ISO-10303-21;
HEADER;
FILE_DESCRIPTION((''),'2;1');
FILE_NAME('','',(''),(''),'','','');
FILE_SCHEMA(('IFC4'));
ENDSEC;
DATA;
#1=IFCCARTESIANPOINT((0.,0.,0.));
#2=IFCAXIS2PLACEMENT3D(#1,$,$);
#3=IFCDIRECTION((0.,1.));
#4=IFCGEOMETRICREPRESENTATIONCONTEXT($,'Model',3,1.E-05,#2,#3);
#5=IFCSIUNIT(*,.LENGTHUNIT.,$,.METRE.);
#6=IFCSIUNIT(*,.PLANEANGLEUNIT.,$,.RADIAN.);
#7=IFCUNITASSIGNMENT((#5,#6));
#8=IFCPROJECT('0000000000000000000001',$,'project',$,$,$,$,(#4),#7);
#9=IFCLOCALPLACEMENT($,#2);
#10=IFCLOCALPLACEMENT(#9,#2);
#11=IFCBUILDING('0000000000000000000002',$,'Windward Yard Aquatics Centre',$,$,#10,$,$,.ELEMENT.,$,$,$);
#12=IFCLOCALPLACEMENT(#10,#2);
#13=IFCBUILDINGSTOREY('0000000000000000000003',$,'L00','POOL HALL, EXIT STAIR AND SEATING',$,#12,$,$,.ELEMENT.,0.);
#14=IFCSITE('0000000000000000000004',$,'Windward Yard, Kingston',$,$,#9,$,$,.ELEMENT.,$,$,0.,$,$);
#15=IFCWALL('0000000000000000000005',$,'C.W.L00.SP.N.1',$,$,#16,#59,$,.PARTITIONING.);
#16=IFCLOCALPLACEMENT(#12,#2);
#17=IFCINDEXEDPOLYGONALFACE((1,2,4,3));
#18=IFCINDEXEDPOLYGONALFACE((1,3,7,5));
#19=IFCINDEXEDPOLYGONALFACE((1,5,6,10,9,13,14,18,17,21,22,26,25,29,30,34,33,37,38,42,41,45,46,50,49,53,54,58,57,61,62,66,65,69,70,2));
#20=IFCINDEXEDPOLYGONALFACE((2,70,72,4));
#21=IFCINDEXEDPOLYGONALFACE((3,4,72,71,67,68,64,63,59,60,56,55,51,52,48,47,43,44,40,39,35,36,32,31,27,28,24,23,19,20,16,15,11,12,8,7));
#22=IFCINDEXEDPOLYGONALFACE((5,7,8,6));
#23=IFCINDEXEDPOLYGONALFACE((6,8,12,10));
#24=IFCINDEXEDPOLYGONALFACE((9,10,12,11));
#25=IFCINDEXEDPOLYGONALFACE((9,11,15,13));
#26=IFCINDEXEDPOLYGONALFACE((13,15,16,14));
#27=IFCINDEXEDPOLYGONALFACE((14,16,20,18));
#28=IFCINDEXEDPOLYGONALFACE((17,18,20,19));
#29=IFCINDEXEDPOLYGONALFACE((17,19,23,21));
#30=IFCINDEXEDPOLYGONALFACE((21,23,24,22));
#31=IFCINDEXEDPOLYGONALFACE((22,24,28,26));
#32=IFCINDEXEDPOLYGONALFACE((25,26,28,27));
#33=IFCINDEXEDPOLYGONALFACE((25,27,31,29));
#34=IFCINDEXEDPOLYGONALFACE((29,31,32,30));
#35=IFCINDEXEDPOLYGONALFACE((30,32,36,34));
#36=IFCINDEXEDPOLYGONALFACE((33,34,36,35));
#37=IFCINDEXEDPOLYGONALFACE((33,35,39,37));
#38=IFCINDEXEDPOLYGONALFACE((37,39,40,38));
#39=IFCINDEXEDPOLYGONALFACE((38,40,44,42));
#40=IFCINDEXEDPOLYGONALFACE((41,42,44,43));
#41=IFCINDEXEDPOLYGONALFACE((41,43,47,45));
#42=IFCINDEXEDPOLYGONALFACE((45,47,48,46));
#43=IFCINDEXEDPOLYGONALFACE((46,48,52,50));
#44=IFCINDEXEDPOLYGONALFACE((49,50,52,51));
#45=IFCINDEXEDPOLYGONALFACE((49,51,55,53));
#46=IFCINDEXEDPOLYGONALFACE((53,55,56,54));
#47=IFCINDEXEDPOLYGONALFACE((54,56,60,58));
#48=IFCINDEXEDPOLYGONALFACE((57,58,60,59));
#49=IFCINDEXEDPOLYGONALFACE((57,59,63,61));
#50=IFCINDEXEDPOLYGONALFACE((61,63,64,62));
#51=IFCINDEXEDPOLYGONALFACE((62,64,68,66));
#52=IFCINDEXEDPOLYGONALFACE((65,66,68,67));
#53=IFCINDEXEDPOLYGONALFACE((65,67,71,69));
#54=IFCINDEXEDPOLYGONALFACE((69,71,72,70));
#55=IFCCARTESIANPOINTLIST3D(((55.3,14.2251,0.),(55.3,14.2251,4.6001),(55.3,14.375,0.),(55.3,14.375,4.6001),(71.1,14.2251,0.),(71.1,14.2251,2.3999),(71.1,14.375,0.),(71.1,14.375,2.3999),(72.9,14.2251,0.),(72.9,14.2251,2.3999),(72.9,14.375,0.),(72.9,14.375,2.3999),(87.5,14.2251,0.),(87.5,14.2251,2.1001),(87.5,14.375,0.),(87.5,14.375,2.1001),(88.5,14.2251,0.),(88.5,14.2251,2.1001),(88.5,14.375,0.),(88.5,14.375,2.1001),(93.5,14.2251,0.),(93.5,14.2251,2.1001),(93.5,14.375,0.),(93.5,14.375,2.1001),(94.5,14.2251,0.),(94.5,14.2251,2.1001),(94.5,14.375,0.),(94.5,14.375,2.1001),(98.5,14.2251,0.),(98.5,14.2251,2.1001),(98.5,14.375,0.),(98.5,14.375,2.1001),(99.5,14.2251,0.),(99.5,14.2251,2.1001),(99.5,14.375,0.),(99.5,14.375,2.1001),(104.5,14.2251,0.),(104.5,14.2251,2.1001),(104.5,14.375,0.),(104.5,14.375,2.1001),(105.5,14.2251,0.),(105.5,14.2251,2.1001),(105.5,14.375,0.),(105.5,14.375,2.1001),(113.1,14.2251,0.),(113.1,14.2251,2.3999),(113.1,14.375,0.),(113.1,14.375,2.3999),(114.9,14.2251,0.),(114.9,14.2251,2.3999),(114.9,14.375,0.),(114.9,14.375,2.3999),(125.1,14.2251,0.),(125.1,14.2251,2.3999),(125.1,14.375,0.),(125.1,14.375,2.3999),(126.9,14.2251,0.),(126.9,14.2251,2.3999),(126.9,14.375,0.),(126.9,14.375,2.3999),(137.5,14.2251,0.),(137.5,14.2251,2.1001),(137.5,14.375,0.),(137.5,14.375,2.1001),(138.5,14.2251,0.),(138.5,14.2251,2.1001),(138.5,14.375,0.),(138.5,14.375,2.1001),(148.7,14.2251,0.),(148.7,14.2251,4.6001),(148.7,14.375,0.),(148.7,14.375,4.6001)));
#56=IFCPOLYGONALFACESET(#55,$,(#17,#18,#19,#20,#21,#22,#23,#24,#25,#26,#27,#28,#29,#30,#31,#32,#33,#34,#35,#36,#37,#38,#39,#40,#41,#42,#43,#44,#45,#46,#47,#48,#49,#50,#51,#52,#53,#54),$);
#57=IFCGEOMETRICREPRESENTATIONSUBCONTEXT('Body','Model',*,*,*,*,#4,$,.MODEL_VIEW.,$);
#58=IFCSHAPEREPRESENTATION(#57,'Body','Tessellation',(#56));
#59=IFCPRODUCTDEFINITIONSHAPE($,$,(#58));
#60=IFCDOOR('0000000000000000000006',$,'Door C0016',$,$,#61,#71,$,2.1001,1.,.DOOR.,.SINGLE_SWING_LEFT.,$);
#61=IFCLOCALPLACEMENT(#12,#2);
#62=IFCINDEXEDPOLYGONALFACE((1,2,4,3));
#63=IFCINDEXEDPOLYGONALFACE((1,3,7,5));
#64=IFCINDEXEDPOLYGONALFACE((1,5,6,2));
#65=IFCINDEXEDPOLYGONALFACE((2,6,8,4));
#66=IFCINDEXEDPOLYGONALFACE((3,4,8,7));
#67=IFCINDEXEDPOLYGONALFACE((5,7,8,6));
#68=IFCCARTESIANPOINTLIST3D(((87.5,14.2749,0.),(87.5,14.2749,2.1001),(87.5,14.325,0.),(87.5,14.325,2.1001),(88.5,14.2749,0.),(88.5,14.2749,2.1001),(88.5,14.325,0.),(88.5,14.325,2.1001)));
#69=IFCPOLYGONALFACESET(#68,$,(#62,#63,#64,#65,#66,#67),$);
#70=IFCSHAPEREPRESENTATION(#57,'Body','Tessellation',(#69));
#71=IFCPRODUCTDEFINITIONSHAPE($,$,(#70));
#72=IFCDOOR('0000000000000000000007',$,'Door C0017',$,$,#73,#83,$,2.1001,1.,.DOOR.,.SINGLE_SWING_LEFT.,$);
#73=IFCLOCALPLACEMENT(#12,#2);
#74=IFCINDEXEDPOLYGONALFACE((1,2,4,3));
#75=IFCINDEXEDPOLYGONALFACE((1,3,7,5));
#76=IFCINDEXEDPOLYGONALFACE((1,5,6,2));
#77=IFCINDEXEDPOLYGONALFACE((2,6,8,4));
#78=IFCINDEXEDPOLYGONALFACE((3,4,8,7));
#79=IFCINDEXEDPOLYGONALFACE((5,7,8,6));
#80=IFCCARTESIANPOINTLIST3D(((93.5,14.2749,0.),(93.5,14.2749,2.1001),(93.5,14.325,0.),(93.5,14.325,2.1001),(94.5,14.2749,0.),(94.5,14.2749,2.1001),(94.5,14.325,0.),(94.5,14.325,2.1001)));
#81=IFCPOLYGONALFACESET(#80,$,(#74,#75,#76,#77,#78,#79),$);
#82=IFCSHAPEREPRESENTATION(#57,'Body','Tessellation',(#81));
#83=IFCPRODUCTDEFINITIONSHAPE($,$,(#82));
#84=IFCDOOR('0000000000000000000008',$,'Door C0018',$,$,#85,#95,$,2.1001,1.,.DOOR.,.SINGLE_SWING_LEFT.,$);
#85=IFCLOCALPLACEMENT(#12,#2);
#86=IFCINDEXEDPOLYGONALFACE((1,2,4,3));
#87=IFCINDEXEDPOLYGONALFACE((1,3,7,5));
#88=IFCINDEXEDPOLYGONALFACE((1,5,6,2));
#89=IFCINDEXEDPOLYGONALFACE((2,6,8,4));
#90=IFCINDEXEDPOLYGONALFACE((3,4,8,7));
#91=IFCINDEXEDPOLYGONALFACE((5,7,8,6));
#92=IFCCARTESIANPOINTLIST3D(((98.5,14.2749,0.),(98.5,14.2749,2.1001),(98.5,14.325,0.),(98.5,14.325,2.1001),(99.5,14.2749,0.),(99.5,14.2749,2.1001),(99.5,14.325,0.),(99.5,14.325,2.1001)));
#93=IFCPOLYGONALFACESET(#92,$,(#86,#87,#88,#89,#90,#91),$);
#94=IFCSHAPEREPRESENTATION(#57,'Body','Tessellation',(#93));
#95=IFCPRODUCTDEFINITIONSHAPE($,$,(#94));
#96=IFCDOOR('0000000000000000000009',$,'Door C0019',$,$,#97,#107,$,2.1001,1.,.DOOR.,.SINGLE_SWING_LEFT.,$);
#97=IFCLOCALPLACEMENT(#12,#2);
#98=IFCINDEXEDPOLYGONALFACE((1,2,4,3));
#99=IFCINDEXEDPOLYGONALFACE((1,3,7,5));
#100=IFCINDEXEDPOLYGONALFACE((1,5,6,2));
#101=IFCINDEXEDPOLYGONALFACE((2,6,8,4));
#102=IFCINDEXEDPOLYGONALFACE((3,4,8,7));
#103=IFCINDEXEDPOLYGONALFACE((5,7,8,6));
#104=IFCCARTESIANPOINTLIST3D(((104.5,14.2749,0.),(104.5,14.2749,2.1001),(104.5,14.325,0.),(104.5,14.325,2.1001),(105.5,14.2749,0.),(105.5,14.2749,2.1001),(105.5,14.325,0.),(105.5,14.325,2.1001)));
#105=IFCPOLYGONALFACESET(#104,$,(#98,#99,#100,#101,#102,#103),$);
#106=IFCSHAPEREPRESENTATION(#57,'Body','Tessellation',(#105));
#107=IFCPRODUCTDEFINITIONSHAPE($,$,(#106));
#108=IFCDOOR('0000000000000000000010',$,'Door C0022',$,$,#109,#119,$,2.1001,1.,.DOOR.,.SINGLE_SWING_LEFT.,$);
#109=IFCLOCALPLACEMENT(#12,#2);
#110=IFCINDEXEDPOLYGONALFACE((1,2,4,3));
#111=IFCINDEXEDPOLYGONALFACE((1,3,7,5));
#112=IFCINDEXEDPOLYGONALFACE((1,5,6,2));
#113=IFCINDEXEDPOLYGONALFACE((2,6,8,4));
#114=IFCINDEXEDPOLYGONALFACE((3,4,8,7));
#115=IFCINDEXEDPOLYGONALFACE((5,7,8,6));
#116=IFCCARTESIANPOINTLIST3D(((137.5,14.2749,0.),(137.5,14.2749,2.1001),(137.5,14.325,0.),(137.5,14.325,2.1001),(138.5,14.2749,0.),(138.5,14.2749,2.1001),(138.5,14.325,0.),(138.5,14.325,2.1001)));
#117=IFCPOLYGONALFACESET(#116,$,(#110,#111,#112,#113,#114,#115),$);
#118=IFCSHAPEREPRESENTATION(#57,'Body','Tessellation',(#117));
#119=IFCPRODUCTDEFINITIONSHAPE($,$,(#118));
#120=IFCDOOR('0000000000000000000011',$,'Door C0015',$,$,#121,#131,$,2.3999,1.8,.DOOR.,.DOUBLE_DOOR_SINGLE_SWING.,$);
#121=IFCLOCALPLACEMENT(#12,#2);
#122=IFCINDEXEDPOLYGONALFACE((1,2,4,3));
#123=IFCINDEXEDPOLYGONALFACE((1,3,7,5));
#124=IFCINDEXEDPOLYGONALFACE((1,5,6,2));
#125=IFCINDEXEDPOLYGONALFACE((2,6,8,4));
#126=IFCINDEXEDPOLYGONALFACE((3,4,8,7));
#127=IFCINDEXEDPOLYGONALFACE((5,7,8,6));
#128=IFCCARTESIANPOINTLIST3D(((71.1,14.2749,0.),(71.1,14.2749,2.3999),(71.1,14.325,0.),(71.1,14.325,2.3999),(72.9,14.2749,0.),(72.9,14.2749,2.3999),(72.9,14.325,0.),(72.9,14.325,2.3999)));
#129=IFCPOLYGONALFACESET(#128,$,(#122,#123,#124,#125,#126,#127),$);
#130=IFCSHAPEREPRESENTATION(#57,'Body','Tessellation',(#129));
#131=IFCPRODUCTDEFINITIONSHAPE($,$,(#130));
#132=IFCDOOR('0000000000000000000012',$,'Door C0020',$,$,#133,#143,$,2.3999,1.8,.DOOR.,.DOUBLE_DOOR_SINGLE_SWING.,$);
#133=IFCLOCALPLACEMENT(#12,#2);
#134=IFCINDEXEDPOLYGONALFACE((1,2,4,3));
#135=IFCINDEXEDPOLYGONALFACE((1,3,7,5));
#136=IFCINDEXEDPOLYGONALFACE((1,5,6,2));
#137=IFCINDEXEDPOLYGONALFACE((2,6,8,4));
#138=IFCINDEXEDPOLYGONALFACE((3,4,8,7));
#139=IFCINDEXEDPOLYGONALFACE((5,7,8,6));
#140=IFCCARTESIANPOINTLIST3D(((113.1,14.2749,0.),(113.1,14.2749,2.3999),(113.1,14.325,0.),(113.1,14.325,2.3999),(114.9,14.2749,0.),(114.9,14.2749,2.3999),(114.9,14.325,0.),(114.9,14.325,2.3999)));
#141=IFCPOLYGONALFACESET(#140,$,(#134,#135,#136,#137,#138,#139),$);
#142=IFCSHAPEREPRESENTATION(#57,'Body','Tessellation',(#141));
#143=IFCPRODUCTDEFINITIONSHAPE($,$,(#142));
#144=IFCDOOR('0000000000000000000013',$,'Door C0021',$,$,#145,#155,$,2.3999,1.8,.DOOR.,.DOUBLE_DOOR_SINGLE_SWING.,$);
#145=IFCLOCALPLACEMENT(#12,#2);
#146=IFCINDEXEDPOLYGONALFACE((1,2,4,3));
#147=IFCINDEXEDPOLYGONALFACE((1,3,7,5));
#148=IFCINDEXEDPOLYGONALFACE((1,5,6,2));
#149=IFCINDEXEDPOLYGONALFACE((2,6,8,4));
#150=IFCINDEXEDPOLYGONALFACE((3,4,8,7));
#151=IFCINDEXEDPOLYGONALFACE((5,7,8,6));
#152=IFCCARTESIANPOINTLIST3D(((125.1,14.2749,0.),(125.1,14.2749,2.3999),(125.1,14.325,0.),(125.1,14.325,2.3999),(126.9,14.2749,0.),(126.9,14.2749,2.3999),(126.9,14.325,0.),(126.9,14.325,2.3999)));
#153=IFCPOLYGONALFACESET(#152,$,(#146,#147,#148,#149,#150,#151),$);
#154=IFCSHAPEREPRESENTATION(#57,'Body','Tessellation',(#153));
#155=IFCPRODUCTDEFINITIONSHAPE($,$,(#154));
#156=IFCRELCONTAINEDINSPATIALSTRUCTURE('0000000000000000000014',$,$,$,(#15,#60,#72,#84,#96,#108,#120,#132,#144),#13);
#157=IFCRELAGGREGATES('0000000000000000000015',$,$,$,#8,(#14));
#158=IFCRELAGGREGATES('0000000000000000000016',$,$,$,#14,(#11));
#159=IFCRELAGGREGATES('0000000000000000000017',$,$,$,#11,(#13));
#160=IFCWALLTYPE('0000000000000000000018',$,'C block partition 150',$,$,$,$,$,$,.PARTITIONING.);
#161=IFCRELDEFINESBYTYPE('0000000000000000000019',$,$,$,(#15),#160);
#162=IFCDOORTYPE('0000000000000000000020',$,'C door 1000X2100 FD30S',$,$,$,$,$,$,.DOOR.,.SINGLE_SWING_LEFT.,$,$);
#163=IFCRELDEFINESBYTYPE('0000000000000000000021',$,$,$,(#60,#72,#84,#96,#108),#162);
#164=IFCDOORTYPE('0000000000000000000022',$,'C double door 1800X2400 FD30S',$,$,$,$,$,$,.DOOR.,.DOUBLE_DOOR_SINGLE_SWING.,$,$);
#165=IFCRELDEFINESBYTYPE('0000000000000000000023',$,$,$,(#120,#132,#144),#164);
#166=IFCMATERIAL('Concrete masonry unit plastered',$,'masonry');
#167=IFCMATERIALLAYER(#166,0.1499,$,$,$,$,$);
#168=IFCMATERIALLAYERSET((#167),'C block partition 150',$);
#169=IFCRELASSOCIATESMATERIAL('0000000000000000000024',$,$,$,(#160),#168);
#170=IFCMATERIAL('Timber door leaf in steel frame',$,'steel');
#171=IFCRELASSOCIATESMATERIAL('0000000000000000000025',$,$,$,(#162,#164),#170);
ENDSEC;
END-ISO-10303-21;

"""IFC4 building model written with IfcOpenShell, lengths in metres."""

from ifc_helpers import new_model, si_unit, direction, frame, frame_2d, origin, place, context, subcontext, project, spatial, rectangle, extrude, material, layer, layer_set, type_object, element, fill, save


model = new_model("IFC4")

# Units and contexts
model_context = context("Model", 3, precision=1e-05, world=origin(), true_north=direction((0.0, 1.0)))
body_context = subcontext(model_context, "Body", "Model", "MODEL_VIEW")
ifc_project = project(units=[si_unit("LENGTHUNIT", "METRE"), si_unit("PLANEANGLEUNIT", "RADIAN")], contexts=[model_context])

# Site, building, storey
site_placement = place(None, origin())
site = spatial("IfcSite", under=ifc_project, at=site_placement, Name="Windward Yard, Kingston", CompositionType="ELEMENT", RefElevation=0.0)
building_placement = place(site_placement, origin())
building = spatial("IfcBuilding", under=site, at=building_placement, Name="Windward Yard Aquatics Centre", CompositionType="ELEMENT")
storey_placement = place(building_placement, origin())
storey = spatial("IfcBuildingStorey", under=building, at=storey_placement, Name="L00", Description="POOL HALL, EXIT STAIR AND SEATING", CompositionType="ELEMENT", Elevation=0.0)

# Shared definitions
ifc_material_1 = material(Name="Concrete masonry unit plastered", Category="masonry")
ifc_layer_1 = layer(ifc_material_1, 0.1499)
ifc_layer_set_1 = layer_set([ifc_layer_1], Name="C block partition 150")
wall_type_1 = type_object("IfcWallType", Name="C block partition 150", PredefinedType="PARTITIONING", material=ifc_layer_set_1)

# Wall, openings, doors
wall_1_placement = place(storey_placement, frame((55.3, 14.3, 0.0), z_axis=(0.0, 0.0, 1.0), x_axis=(1.0, 0.0, 0.0)))
wall_1 = element("IfcWall", 1, at=wall_1_placement, inside=storey, type_object=wall_type_1, Name="C.W.L00.SP.N.1", PredefinedType="PARTITIONING", context=body_context, shape_type="SweptSolid", body=[
    extrude(rectangle(XDim=93.3999, YDim=0.1499, at=frame_2d((46.7, 0.0))), origin(), (0.0, 0.0, 1.0), 4.6001),
])
opening_1_placement = place(wall_1_placement, frame((15.8, 0.0, 0.0)))
opening_1 = element("IfcOpeningElement", 2, at=opening_1_placement, cuts=wall_1, PredefinedType="OPENING", context=body_context, shape_type="SweptSolid", body=[
    extrude(rectangle(XDim=1.8, YDim=2.3999, at=frame_2d((0.8999, 1.2))), frame((0.0, 0.085, 0.0), z_axis=(0.0, -1.0, 0.0), x_axis=(1.0, 0.0, 0.0)), (0.0, 0.0, 1.0), 0.1699),
])
opening_2_placement = place(wall_1_placement, frame((32.2, 0.0, 0.0)))
opening_2 = element("IfcOpeningElement", 3, at=opening_2_placement, cuts=wall_1, PredefinedType="OPENING", context=body_context, shape_type="SweptSolid", body=[
    extrude(rectangle(XDim=1.0, YDim=2.1001, at=frame_2d((0.5, 1.05))), frame((0.0, 0.085, 0.0), z_axis=(0.0, -1.0, 0.0), x_axis=(1.0, 0.0, 0.0)), (0.0, 0.0, 1.0), 0.1699),
])
opening_3_placement = place(wall_1_placement, frame((38.2, 0.0, 0.0)))
opening_3 = element("IfcOpeningElement", 4, at=opening_3_placement, cuts=wall_1, PredefinedType="OPENING", context=body_context, shape_type="SweptSolid", body=[
    extrude(rectangle(XDim=1.0, YDim=2.1001, at=frame_2d((0.5, 1.05))), frame((0.0, 0.085, 0.0), z_axis=(0.0, -1.0, 0.0), x_axis=(1.0, 0.0, 0.0)), (0.0, 0.0, 1.0), 0.1699),
])
opening_4_placement = place(wall_1_placement, frame((43.2, 0.0, 0.0)))
opening_4 = element("IfcOpeningElement", 5, at=opening_4_placement, cuts=wall_1, PredefinedType="OPENING", context=body_context, shape_type="SweptSolid", body=[
    extrude(rectangle(XDim=1.0, YDim=2.1001, at=frame_2d((0.5, 1.05))), frame((0.0, 0.085, 0.0), z_axis=(0.0, -1.0, 0.0), x_axis=(1.0, 0.0, 0.0)), (0.0, 0.0, 1.0), 0.1699),
])
opening_5_placement = place(wall_1_placement, frame((49.2, 0.0, 0.0)))
opening_5 = element("IfcOpeningElement", 6, at=opening_5_placement, cuts=wall_1, PredefinedType="OPENING", context=body_context, shape_type="SweptSolid", body=[
    extrude(rectangle(XDim=1.0, YDim=2.1001, at=frame_2d((0.5, 1.05))), frame((0.0, 0.085, 0.0), z_axis=(0.0, -1.0, 0.0), x_axis=(1.0, 0.0, 0.0)), (0.0, 0.0, 1.0), 0.1699),
])
opening_6_placement = place(wall_1_placement, frame((57.8, 0.0, 0.0)))
opening_6 = element("IfcOpeningElement", 7, at=opening_6_placement, cuts=wall_1, PredefinedType="OPENING", context=body_context, shape_type="SweptSolid", body=[
    extrude(rectangle(XDim=1.8, YDim=2.3999, at=frame_2d((0.8999, 1.2))), frame((0.0, 0.085, 0.0), z_axis=(0.0, -1.0, 0.0), x_axis=(1.0, 0.0, 0.0)), (0.0, 0.0, 1.0), 0.1699),
])
opening_7_placement = place(wall_1_placement, frame((69.8, 0.0, 0.0)))
opening_7 = element("IfcOpeningElement", 8, at=opening_7_placement, cuts=wall_1, PredefinedType="OPENING", context=body_context, shape_type="SweptSolid", body=[
    extrude(rectangle(XDim=1.8, YDim=2.3999, at=frame_2d((0.8999, 1.2))), frame((0.0, 0.085, 0.0), z_axis=(0.0, -1.0, 0.0), x_axis=(1.0, 0.0, 0.0)), (0.0, 0.0, 1.0), 0.1699),
])
opening_8_placement = place(wall_1_placement, frame((82.2, 0.0, 0.0)))
opening_8 = element("IfcOpeningElement", 9, at=opening_8_placement, cuts=wall_1, PredefinedType="OPENING", context=body_context, shape_type="SweptSolid", body=[
    extrude(rectangle(XDim=1.0, YDim=2.1001, at=frame_2d((0.5, 1.05))), frame((0.0, 0.085, 0.0), z_axis=(0.0, -1.0, 0.0), x_axis=(1.0, 0.0, 0.0)), (0.0, 0.0, 1.0), 0.1699),
])
ifc_material_2 = material(Name="Timber door leaf in steel frame", Category="steel")
door_type_1 = type_object("IfcDoorType", Name="C door 1000X2100 FD30S", OperationType="SINGLE_SWING_LEFT", PredefinedType="DOOR", material=ifc_material_2)
door_1_placement = place(opening_2_placement, origin())
door_1 = element("IfcDoor", 10, at=door_1_placement, inside=storey, type_object=door_type_1, Name="Door C0016", OperationType="SINGLE_SWING_LEFT", OverallHeight=2.1001, OverallWidth=1.0, PredefinedType="DOOR", context=body_context, shape_type="SweptSolid", body=[
    extrude(rectangle(XDim=1.0, YDim=2.1001, at=frame_2d((0.5, 1.05))), frame((0.0, 0.0249, 0.0), z_axis=(0.0, -1.0, 0.0), x_axis=(1.0, 0.0, 0.0)), (0.0, 0.0, 1.0), 0.05),
])
fill(opening_2, door_1)
door_2_placement = place(opening_3_placement, origin())
door_2 = element("IfcDoor", 11, at=door_2_placement, inside=storey, type_object=door_type_1, Name="Door C0017", OperationType="SINGLE_SWING_LEFT", OverallHeight=2.1001, OverallWidth=1.0, PredefinedType="DOOR", context=body_context, shape_type="SweptSolid", body=[
    extrude(rectangle(XDim=1.0, YDim=2.1001, at=frame_2d((0.5, 1.05))), frame((0.0, 0.0249, 0.0), z_axis=(0.0, -1.0, 0.0), x_axis=(1.0, 0.0, 0.0)), (0.0, 0.0, 1.0), 0.05),
])
fill(opening_3, door_2)
door_3_placement = place(opening_4_placement, origin())
door_3 = element("IfcDoor", 12, at=door_3_placement, inside=storey, type_object=door_type_1, Name="Door C0018", OperationType="SINGLE_SWING_LEFT", OverallHeight=2.1001, OverallWidth=1.0, PredefinedType="DOOR", context=body_context, shape_type="SweptSolid", body=[
    extrude(rectangle(XDim=1.0, YDim=2.1001, at=frame_2d((0.5, 1.05))), frame((0.0, 0.0249, 0.0), z_axis=(0.0, -1.0, 0.0), x_axis=(1.0, 0.0, 0.0)), (0.0, 0.0, 1.0), 0.05),
])
fill(opening_4, door_3)
door_4_placement = place(opening_5_placement, origin())
door_4 = element("IfcDoor", 13, at=door_4_placement, inside=storey, type_object=door_type_1, Name="Door C0019", OperationType="SINGLE_SWING_LEFT", OverallHeight=2.1001, OverallWidth=1.0, PredefinedType="DOOR", context=body_context, shape_type="SweptSolid", body=[
    extrude(rectangle(XDim=1.0, YDim=2.1001, at=frame_2d((0.5, 1.05))), frame((0.0, 0.0249, 0.0), z_axis=(0.0, -1.0, 0.0), x_axis=(1.0, 0.0, 0.0)), (0.0, 0.0, 1.0), 0.05),
])
fill(opening_5, door_4)
door_5_placement = place(opening_8_placement, origin())
door_5 = element("IfcDoor", 14, at=door_5_placement, inside=storey, type_object=door_type_1, Name="Door C0022", OperationType="SINGLE_SWING_LEFT", OverallHeight=2.1001, OverallWidth=1.0, PredefinedType="DOOR", context=body_context, shape_type="SweptSolid", body=[
    extrude(rectangle(XDim=1.0, YDim=2.1001, at=frame_2d((0.5, 1.05))), frame((0.0, 0.0249, 0.0), z_axis=(0.0, -1.0, 0.0), x_axis=(1.0, 0.0, 0.0)), (0.0, 0.0, 1.0), 0.05),
])
fill(opening_8, door_5)
door_type_2 = type_object("IfcDoorType", Name="C double door 1800X2400 FD30S", OperationType="DOUBLE_DOOR_SINGLE_SWING", PredefinedType="DOOR", material=ifc_material_2)
door_6_placement = place(opening_1_placement, origin())
door_6 = element("IfcDoor", 15, at=door_6_placement, inside=storey, type_object=door_type_2, Name="Door C0015", OperationType="DOUBLE_DOOR_SINGLE_SWING", OverallHeight=2.3999, OverallWidth=1.8, PredefinedType="DOOR", context=body_context, shape_type="SweptSolid", body=[
    extrude(rectangle(XDim=1.8, YDim=2.3999, at=frame_2d((0.8999, 1.2))), frame((0.0, 0.0249, 0.0), z_axis=(0.0, -1.0, 0.0), x_axis=(1.0, 0.0, 0.0)), (0.0, 0.0, 1.0), 0.05),
])
fill(opening_1, door_6)
door_7_placement = place(opening_6_placement, origin())
door_7 = element("IfcDoor", 16, at=door_7_placement, inside=storey, type_object=door_type_2, Name="Door C0020", OperationType="DOUBLE_DOOR_SINGLE_SWING", OverallHeight=2.3999, OverallWidth=1.8, PredefinedType="DOOR", context=body_context, shape_type="SweptSolid", body=[
    extrude(rectangle(XDim=1.8, YDim=2.3999, at=frame_2d((0.8999, 1.2))), frame((0.0, 0.0249, 0.0), z_axis=(0.0, -1.0, 0.0), x_axis=(1.0, 0.0, 0.0)), (0.0, 0.0, 1.0), 0.05),
])
fill(opening_6, door_7)
door_8_placement = place(opening_7_placement, origin())
door_8 = element("IfcDoor", 17, at=door_8_placement, inside=storey, type_object=door_type_2, Name="Door C0021", OperationType="DOUBLE_DOOR_SINGLE_SWING", OverallHeight=2.3999, OverallWidth=1.8, PredefinedType="DOOR", context=body_context, shape_type="SweptSolid", body=[
    extrude(rectangle(XDim=1.8, YDim=2.3999, at=frame_2d((0.8999, 1.2))), frame((0.0, 0.0249, 0.0), z_axis=(0.0, -1.0, 0.0), x_axis=(1.0, 0.0, 0.0)), (0.0, 0.0, 1.0), 0.05),
])
fill(opening_7, door_8)

save(model, "model.ifc")
